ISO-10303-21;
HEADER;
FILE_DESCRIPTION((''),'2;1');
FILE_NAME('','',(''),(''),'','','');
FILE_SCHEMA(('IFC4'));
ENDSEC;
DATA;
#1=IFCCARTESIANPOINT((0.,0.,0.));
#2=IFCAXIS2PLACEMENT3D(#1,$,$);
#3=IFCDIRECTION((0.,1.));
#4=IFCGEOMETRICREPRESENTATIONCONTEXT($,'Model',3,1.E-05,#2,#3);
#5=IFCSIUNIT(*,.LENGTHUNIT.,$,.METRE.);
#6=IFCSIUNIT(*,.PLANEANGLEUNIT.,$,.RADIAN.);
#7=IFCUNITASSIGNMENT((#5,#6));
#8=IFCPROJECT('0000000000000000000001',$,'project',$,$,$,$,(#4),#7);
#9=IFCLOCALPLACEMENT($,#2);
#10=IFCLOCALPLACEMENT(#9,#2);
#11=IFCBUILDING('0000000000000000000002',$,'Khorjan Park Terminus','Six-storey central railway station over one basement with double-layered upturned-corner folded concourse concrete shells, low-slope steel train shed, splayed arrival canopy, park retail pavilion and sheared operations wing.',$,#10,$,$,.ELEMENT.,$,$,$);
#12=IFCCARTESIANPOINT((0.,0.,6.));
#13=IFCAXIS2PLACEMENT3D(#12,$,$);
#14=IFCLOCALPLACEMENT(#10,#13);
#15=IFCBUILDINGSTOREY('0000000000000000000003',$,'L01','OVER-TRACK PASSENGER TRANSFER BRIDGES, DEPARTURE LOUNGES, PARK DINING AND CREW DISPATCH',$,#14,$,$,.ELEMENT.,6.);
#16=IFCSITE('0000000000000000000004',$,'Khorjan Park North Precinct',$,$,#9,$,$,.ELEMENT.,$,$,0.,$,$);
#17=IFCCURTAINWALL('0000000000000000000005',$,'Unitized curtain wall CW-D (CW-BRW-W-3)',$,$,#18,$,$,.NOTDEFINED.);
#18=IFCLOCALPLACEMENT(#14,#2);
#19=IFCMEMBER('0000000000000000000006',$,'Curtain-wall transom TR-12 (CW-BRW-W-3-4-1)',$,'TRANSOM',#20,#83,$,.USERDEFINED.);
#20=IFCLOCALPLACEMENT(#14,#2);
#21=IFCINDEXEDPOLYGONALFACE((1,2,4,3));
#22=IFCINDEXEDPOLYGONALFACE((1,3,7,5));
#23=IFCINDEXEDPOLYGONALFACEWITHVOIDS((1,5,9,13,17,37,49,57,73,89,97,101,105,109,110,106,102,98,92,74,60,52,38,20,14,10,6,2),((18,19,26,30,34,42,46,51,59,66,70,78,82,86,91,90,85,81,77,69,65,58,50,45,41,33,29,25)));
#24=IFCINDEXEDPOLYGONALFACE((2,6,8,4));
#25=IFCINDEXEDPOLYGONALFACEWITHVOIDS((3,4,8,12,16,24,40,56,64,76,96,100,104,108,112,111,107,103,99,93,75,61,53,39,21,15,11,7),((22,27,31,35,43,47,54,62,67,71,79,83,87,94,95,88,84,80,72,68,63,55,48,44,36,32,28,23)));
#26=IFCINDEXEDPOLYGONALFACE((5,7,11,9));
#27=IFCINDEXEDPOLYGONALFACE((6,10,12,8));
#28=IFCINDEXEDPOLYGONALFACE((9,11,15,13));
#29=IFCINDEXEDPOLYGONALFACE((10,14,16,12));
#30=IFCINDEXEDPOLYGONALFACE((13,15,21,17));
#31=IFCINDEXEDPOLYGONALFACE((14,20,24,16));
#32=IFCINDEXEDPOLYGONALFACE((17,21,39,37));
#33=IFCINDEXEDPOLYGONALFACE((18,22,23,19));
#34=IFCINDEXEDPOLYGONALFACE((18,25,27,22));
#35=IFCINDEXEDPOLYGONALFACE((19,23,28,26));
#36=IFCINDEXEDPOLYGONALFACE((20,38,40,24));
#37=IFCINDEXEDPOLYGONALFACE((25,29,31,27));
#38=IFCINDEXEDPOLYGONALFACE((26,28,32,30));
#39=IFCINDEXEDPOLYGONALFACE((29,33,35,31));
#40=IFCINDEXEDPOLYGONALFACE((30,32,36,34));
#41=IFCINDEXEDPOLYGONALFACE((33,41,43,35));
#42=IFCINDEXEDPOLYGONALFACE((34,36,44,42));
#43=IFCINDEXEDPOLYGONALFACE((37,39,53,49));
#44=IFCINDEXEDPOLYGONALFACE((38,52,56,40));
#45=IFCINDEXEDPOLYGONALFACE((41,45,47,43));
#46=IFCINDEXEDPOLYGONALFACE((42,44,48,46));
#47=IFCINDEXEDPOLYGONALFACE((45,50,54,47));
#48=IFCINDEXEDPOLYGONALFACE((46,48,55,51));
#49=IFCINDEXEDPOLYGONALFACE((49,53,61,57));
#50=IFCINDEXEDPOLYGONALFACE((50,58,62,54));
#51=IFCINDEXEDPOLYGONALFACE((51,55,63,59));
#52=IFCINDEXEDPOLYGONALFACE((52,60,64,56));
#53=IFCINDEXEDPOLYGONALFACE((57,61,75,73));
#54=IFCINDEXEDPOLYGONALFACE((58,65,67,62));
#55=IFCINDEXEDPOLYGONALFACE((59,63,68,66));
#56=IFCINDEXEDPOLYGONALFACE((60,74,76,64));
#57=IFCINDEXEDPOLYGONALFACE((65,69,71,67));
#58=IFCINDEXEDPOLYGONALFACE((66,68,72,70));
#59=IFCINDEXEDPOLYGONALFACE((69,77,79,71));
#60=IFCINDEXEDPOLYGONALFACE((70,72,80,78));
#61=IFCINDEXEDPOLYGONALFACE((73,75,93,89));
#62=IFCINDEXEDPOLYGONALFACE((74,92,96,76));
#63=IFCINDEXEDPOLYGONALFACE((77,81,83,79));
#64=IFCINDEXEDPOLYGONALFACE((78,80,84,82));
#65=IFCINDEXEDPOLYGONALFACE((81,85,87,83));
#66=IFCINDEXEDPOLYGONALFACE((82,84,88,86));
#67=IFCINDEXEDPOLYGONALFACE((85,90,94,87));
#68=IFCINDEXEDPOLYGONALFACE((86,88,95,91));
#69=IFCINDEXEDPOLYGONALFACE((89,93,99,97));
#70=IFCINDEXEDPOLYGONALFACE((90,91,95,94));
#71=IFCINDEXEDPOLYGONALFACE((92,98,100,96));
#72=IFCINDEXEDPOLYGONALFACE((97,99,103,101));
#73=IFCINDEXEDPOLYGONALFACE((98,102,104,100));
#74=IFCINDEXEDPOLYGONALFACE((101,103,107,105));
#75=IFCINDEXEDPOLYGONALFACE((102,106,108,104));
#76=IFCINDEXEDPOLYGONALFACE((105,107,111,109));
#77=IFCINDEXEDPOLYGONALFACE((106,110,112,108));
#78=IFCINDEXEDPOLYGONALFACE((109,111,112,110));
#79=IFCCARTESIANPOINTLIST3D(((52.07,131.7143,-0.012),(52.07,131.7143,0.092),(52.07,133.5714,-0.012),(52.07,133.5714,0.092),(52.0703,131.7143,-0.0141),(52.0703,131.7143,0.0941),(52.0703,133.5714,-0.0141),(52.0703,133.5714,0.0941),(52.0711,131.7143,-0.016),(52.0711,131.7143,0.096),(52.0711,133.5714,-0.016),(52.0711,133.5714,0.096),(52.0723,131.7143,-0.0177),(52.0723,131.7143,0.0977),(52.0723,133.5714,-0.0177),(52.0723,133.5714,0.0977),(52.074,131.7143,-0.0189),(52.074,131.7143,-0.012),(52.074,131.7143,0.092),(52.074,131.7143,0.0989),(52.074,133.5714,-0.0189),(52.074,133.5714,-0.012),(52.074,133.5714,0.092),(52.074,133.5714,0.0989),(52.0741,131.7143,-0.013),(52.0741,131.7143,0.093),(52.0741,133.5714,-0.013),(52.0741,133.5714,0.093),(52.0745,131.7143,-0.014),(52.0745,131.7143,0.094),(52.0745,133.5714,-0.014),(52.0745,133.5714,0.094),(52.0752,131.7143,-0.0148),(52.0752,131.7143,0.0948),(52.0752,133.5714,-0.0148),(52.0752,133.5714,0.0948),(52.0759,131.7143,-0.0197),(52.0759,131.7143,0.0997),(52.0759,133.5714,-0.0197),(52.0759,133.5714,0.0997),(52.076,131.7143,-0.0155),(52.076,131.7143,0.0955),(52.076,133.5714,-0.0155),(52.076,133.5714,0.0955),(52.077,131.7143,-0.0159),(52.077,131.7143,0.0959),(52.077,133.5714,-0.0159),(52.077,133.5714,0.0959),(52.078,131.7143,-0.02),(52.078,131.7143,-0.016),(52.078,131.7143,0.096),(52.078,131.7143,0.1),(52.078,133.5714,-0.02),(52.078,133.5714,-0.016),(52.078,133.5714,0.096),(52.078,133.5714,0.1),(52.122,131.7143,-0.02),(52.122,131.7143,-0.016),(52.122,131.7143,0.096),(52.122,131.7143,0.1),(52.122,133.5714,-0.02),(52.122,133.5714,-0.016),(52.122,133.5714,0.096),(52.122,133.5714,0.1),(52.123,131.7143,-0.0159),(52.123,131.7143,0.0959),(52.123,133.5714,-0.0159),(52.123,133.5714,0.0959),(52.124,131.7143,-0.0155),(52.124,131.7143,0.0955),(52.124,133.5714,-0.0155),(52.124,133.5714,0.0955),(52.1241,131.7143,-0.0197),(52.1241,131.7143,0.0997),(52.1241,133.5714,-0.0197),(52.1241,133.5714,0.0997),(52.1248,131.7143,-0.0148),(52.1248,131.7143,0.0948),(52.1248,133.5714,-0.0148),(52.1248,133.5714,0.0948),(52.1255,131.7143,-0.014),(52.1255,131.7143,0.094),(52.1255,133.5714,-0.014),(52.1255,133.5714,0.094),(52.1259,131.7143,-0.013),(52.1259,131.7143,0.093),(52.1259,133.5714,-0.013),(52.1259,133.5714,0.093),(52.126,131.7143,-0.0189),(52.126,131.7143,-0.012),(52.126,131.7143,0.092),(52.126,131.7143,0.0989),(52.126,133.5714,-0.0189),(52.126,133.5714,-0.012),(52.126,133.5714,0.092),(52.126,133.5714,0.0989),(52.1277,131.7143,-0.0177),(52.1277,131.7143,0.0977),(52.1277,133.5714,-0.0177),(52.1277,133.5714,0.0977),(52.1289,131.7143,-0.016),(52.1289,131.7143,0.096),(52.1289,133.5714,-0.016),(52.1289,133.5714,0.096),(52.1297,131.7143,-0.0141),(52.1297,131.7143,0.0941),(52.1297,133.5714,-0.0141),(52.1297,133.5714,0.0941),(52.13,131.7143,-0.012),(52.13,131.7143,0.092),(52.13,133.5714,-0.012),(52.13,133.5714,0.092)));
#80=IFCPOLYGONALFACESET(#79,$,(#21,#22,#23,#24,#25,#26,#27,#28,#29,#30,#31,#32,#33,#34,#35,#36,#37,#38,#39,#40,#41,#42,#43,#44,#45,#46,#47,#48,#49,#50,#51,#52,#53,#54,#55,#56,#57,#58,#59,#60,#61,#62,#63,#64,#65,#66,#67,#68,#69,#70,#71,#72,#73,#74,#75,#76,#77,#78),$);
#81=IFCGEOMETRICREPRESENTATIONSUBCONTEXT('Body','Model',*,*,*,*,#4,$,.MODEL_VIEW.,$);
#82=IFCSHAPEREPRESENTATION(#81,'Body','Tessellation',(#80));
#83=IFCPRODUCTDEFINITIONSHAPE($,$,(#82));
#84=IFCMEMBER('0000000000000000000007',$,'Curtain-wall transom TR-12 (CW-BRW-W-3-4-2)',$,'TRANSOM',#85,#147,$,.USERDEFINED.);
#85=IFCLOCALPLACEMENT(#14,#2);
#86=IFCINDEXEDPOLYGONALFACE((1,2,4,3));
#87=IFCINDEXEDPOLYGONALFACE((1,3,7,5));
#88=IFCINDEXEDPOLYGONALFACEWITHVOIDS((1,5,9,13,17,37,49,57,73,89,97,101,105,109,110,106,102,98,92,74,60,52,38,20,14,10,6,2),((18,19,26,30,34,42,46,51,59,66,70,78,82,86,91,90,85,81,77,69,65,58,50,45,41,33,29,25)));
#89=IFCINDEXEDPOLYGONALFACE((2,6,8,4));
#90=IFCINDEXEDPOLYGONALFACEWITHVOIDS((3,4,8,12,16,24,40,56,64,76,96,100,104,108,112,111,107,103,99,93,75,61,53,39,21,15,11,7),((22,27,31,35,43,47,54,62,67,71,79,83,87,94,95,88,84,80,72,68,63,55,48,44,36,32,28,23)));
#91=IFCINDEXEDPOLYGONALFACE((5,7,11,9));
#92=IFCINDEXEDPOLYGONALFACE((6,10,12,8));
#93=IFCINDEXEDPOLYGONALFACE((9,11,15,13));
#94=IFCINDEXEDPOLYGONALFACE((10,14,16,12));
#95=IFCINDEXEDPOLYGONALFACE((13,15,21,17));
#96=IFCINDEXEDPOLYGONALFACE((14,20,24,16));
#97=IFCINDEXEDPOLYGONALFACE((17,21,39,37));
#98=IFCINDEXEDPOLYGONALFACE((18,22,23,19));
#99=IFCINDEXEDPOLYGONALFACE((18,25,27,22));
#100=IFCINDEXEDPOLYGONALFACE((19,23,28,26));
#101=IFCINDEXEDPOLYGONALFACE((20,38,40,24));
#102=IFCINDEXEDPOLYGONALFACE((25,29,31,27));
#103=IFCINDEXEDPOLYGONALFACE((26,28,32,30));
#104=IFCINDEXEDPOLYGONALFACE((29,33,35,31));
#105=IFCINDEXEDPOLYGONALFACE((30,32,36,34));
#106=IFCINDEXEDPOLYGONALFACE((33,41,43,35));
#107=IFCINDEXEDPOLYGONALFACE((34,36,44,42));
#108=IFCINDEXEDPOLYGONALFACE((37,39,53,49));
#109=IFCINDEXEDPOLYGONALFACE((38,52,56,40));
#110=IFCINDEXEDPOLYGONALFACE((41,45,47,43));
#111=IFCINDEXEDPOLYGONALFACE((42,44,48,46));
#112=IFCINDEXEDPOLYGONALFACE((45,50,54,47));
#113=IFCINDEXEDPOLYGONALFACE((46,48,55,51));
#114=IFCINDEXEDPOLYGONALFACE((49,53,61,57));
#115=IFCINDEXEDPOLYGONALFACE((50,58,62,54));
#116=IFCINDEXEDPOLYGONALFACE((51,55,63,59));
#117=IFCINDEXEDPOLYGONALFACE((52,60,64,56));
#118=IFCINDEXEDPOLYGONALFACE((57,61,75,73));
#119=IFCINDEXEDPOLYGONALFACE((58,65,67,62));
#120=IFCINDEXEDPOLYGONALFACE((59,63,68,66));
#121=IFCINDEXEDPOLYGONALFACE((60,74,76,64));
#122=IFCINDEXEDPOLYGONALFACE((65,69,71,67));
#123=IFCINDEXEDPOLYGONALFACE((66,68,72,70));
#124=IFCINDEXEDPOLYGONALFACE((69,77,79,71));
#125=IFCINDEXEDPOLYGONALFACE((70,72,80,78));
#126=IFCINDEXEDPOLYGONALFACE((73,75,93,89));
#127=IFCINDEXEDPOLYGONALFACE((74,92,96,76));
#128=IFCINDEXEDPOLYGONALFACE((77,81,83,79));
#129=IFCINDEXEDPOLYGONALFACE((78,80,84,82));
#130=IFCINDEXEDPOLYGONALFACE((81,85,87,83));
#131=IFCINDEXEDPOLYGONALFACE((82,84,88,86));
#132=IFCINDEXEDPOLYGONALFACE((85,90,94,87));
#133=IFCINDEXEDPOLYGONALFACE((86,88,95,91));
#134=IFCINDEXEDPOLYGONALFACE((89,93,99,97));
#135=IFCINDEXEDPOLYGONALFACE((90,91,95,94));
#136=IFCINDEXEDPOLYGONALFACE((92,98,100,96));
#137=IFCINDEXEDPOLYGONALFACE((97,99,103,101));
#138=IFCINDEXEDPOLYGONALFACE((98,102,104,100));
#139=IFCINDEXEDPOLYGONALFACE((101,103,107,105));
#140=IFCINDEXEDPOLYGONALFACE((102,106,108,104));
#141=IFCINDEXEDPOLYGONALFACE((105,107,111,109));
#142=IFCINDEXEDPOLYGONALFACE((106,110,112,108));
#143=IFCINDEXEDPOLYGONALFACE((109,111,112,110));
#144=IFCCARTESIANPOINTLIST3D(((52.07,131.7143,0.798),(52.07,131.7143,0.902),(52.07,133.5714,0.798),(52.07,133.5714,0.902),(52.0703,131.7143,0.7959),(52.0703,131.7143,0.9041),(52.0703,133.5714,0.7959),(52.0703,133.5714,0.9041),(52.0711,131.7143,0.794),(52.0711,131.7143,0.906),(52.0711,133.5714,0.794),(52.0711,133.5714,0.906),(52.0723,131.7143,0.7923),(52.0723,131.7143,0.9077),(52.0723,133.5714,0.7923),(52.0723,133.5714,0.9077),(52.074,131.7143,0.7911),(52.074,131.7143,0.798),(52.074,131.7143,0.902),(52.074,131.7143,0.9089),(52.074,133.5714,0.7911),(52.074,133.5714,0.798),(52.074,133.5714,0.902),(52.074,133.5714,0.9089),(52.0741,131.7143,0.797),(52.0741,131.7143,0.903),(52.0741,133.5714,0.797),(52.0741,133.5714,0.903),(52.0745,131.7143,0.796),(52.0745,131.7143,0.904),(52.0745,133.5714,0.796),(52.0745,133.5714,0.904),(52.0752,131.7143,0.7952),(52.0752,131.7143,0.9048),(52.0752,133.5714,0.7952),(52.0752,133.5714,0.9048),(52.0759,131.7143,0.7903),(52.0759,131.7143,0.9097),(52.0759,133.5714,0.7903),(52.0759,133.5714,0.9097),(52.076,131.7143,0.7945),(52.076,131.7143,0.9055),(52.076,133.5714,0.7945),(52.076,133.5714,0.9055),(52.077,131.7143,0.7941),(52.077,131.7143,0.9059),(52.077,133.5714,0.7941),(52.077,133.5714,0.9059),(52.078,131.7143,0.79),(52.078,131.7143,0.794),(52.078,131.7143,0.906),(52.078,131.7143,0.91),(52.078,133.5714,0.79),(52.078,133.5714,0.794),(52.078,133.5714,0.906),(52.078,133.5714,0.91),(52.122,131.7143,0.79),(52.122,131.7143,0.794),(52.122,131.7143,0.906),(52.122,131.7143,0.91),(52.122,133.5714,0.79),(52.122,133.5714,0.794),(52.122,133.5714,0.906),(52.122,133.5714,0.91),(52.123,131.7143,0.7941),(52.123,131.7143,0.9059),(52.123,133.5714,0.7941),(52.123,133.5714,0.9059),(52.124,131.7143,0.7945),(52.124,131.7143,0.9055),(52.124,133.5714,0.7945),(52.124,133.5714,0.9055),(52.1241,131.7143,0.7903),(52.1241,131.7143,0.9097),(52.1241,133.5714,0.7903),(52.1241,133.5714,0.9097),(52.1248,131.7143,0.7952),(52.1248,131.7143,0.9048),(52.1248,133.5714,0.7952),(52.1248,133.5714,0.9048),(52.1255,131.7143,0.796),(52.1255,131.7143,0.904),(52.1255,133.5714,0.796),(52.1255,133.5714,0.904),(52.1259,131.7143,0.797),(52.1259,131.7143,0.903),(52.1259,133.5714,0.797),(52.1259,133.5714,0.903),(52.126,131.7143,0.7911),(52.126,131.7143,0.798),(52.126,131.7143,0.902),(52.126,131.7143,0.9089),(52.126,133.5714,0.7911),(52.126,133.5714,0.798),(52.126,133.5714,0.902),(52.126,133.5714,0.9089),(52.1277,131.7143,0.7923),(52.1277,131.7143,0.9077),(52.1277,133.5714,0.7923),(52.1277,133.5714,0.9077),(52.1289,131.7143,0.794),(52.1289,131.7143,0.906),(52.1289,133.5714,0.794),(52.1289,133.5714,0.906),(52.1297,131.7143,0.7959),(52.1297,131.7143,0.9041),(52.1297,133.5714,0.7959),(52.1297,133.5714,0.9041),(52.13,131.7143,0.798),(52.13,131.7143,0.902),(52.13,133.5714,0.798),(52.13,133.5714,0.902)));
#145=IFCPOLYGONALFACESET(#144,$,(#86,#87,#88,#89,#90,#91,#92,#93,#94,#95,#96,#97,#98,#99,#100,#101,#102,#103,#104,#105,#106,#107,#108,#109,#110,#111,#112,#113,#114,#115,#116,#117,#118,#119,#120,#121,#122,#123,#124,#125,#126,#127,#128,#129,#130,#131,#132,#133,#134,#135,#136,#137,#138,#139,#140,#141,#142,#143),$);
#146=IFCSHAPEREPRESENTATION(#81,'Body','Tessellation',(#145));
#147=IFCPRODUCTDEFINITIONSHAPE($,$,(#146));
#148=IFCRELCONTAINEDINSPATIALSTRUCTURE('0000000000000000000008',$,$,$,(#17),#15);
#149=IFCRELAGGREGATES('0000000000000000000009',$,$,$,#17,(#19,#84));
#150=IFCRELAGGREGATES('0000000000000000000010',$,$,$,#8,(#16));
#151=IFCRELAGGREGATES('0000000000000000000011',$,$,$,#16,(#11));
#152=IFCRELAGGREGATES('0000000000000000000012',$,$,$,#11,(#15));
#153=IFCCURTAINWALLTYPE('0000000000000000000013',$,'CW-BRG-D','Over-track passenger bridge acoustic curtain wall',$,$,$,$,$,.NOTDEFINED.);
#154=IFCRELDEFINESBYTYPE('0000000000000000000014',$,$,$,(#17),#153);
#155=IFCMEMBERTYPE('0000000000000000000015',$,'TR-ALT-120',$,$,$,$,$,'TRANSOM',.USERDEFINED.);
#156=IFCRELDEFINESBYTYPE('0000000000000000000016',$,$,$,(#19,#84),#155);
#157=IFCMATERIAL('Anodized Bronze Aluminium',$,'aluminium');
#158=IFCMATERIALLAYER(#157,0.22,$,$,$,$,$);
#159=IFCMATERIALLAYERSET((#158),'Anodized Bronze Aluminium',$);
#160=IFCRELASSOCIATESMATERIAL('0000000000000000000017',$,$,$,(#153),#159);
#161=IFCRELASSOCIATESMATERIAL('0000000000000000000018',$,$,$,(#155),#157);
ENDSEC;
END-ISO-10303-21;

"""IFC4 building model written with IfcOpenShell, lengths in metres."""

from ifc_helpers import new_model, si_unit, direction, frame, origin, origin_2d, place, context, subcontext, project, spatial, hollow_rectangle, extrude, material, layer, layer_set, material_profile, profile_set, type_object, element, aggregate, save


model = new_model("IFC4")

# Units and contexts
model_context = context("Model", 3, precision=1e-05, world=origin(), true_north=direction((0.0, 1.0)))
body_context = subcontext(model_context, "Body", "Model", "MODEL_VIEW")
ifc_project = project(units=[si_unit("LENGTHUNIT", "METRE"), si_unit("PLANEANGLEUNIT", "RADIAN")], contexts=[model_context])

# Site, building, storey
site_placement = place(None, origin())
site = spatial("IfcSite", under=ifc_project, at=site_placement, Name="Khorjan Park North Precinct", CompositionType="ELEMENT", RefElevation=0.0)
building_placement = place(site_placement, origin())
building = spatial("IfcBuilding", under=site, at=building_placement, Name="Khorjan Park Terminus", Description="Six-storey central railway station over one basement with double-layered upturned-corner folded concourse concrete shells, low-slope steel train shed, splayed arrival canopy, park retail pavilion and sheared operations wing.", CompositionType="ELEMENT")
storey_placement = place(building_placement, frame((0.0, 0.0, 6.0)))
storey = spatial("IfcBuildingStorey", under=building, at=storey_placement, Name="L01", Description="OVER-TRACK PASSENGER TRANSFER BRIDGES, DEPARTURE LOUNGES, PARK DINING AND CREW DISPATCH", CompositionType="ELEMENT", Elevation=6.0)

# Curtain wall, members
ifc_material_1 = material(Name="Anodized Bronze Aluminium", Category="aluminium")
ifc_layer_1 = layer(ifc_material_1, 0.22)
ifc_layer_set_1 = layer_set([ifc_layer_1], Name="Anodized Bronze Aluminium")
curtain_wall_type = type_object("IfcCurtainWallType", Name="CW-BRG-D", Description="Over-track passenger bridge acoustic curtain wall", PredefinedType="NOTDEFINED", material=ifc_layer_set_1)
curtain_wall_placement = place(storey_placement, origin())
curtain_wall = element("IfcCurtainWall", 1, at=curtain_wall_placement, inside=storey, type_object=curtain_wall_type, Name="Unitized curtain wall CW-D (CW-BRW-W-3)", PredefinedType="NOTDEFINED")
ifc_material_profile_1 = material_profile(ifc_material_1, hollow_rectangle(XDim=0.06, YDim=0.12, WallThickness=0.004, InnerFilletRadius=0.004, OuterFilletRadius=0.008, at=origin_2d()), Name="ALT 60x120x4")
ifc_profile_set_1 = profile_set([ifc_material_profile_1], Name="Anodized Bronze Aluminium")
member_type_1 = type_object("IfcMemberType", Name="TR-ALT-120", ElementType="TRANSOM", PredefinedType="USERDEFINED", material=ifc_profile_set_1)
member_1_placement = place(storey_placement, frame((52.1, 133.5714, 0.04), z_axis=(0.0, -1.0, 0.0), x_axis=(1.0, 0.0, 0.0)))
member_1 = element("IfcMember", 2, at=member_1_placement, type_object=member_type_1, Name="Curtain-wall transom TR-12 (CW-BRW-W-3-4-1)", ObjectType="TRANSOM", PredefinedType="USERDEFINED", context=body_context, shape_type="SweptSolid", body=[
    extrude(hollow_rectangle(XDim=0.06, YDim=0.12, WallThickness=0.004, InnerFilletRadius=0.004, OuterFilletRadius=0.008, at=origin_2d()), origin(), (0.0, 0.0, 1.0), 1.8571),
])
member_2_placement = place(storey_placement, frame((52.1, 133.5714, 0.85), z_axis=(0.0, -1.0, 0.0), x_axis=(1.0, 0.0, 0.0)))
member_2 = element("IfcMember", 3, at=member_2_placement, type_object=member_type_1, Name="Curtain-wall transom TR-12 (CW-BRW-W-3-4-2)", ObjectType="TRANSOM", PredefinedType="USERDEFINED", context=body_context, shape_type="SweptSolid", body=[
    extrude(hollow_rectangle(XDim=0.06, YDim=0.12, WallThickness=0.004, InnerFilletRadius=0.004, OuterFilletRadius=0.008, at=origin_2d()), origin(), (0.0, 0.0, 1.0), 1.8571),
])
aggregate(curtain_wall, [member_1, member_2])

save(model, "model.ifc")
